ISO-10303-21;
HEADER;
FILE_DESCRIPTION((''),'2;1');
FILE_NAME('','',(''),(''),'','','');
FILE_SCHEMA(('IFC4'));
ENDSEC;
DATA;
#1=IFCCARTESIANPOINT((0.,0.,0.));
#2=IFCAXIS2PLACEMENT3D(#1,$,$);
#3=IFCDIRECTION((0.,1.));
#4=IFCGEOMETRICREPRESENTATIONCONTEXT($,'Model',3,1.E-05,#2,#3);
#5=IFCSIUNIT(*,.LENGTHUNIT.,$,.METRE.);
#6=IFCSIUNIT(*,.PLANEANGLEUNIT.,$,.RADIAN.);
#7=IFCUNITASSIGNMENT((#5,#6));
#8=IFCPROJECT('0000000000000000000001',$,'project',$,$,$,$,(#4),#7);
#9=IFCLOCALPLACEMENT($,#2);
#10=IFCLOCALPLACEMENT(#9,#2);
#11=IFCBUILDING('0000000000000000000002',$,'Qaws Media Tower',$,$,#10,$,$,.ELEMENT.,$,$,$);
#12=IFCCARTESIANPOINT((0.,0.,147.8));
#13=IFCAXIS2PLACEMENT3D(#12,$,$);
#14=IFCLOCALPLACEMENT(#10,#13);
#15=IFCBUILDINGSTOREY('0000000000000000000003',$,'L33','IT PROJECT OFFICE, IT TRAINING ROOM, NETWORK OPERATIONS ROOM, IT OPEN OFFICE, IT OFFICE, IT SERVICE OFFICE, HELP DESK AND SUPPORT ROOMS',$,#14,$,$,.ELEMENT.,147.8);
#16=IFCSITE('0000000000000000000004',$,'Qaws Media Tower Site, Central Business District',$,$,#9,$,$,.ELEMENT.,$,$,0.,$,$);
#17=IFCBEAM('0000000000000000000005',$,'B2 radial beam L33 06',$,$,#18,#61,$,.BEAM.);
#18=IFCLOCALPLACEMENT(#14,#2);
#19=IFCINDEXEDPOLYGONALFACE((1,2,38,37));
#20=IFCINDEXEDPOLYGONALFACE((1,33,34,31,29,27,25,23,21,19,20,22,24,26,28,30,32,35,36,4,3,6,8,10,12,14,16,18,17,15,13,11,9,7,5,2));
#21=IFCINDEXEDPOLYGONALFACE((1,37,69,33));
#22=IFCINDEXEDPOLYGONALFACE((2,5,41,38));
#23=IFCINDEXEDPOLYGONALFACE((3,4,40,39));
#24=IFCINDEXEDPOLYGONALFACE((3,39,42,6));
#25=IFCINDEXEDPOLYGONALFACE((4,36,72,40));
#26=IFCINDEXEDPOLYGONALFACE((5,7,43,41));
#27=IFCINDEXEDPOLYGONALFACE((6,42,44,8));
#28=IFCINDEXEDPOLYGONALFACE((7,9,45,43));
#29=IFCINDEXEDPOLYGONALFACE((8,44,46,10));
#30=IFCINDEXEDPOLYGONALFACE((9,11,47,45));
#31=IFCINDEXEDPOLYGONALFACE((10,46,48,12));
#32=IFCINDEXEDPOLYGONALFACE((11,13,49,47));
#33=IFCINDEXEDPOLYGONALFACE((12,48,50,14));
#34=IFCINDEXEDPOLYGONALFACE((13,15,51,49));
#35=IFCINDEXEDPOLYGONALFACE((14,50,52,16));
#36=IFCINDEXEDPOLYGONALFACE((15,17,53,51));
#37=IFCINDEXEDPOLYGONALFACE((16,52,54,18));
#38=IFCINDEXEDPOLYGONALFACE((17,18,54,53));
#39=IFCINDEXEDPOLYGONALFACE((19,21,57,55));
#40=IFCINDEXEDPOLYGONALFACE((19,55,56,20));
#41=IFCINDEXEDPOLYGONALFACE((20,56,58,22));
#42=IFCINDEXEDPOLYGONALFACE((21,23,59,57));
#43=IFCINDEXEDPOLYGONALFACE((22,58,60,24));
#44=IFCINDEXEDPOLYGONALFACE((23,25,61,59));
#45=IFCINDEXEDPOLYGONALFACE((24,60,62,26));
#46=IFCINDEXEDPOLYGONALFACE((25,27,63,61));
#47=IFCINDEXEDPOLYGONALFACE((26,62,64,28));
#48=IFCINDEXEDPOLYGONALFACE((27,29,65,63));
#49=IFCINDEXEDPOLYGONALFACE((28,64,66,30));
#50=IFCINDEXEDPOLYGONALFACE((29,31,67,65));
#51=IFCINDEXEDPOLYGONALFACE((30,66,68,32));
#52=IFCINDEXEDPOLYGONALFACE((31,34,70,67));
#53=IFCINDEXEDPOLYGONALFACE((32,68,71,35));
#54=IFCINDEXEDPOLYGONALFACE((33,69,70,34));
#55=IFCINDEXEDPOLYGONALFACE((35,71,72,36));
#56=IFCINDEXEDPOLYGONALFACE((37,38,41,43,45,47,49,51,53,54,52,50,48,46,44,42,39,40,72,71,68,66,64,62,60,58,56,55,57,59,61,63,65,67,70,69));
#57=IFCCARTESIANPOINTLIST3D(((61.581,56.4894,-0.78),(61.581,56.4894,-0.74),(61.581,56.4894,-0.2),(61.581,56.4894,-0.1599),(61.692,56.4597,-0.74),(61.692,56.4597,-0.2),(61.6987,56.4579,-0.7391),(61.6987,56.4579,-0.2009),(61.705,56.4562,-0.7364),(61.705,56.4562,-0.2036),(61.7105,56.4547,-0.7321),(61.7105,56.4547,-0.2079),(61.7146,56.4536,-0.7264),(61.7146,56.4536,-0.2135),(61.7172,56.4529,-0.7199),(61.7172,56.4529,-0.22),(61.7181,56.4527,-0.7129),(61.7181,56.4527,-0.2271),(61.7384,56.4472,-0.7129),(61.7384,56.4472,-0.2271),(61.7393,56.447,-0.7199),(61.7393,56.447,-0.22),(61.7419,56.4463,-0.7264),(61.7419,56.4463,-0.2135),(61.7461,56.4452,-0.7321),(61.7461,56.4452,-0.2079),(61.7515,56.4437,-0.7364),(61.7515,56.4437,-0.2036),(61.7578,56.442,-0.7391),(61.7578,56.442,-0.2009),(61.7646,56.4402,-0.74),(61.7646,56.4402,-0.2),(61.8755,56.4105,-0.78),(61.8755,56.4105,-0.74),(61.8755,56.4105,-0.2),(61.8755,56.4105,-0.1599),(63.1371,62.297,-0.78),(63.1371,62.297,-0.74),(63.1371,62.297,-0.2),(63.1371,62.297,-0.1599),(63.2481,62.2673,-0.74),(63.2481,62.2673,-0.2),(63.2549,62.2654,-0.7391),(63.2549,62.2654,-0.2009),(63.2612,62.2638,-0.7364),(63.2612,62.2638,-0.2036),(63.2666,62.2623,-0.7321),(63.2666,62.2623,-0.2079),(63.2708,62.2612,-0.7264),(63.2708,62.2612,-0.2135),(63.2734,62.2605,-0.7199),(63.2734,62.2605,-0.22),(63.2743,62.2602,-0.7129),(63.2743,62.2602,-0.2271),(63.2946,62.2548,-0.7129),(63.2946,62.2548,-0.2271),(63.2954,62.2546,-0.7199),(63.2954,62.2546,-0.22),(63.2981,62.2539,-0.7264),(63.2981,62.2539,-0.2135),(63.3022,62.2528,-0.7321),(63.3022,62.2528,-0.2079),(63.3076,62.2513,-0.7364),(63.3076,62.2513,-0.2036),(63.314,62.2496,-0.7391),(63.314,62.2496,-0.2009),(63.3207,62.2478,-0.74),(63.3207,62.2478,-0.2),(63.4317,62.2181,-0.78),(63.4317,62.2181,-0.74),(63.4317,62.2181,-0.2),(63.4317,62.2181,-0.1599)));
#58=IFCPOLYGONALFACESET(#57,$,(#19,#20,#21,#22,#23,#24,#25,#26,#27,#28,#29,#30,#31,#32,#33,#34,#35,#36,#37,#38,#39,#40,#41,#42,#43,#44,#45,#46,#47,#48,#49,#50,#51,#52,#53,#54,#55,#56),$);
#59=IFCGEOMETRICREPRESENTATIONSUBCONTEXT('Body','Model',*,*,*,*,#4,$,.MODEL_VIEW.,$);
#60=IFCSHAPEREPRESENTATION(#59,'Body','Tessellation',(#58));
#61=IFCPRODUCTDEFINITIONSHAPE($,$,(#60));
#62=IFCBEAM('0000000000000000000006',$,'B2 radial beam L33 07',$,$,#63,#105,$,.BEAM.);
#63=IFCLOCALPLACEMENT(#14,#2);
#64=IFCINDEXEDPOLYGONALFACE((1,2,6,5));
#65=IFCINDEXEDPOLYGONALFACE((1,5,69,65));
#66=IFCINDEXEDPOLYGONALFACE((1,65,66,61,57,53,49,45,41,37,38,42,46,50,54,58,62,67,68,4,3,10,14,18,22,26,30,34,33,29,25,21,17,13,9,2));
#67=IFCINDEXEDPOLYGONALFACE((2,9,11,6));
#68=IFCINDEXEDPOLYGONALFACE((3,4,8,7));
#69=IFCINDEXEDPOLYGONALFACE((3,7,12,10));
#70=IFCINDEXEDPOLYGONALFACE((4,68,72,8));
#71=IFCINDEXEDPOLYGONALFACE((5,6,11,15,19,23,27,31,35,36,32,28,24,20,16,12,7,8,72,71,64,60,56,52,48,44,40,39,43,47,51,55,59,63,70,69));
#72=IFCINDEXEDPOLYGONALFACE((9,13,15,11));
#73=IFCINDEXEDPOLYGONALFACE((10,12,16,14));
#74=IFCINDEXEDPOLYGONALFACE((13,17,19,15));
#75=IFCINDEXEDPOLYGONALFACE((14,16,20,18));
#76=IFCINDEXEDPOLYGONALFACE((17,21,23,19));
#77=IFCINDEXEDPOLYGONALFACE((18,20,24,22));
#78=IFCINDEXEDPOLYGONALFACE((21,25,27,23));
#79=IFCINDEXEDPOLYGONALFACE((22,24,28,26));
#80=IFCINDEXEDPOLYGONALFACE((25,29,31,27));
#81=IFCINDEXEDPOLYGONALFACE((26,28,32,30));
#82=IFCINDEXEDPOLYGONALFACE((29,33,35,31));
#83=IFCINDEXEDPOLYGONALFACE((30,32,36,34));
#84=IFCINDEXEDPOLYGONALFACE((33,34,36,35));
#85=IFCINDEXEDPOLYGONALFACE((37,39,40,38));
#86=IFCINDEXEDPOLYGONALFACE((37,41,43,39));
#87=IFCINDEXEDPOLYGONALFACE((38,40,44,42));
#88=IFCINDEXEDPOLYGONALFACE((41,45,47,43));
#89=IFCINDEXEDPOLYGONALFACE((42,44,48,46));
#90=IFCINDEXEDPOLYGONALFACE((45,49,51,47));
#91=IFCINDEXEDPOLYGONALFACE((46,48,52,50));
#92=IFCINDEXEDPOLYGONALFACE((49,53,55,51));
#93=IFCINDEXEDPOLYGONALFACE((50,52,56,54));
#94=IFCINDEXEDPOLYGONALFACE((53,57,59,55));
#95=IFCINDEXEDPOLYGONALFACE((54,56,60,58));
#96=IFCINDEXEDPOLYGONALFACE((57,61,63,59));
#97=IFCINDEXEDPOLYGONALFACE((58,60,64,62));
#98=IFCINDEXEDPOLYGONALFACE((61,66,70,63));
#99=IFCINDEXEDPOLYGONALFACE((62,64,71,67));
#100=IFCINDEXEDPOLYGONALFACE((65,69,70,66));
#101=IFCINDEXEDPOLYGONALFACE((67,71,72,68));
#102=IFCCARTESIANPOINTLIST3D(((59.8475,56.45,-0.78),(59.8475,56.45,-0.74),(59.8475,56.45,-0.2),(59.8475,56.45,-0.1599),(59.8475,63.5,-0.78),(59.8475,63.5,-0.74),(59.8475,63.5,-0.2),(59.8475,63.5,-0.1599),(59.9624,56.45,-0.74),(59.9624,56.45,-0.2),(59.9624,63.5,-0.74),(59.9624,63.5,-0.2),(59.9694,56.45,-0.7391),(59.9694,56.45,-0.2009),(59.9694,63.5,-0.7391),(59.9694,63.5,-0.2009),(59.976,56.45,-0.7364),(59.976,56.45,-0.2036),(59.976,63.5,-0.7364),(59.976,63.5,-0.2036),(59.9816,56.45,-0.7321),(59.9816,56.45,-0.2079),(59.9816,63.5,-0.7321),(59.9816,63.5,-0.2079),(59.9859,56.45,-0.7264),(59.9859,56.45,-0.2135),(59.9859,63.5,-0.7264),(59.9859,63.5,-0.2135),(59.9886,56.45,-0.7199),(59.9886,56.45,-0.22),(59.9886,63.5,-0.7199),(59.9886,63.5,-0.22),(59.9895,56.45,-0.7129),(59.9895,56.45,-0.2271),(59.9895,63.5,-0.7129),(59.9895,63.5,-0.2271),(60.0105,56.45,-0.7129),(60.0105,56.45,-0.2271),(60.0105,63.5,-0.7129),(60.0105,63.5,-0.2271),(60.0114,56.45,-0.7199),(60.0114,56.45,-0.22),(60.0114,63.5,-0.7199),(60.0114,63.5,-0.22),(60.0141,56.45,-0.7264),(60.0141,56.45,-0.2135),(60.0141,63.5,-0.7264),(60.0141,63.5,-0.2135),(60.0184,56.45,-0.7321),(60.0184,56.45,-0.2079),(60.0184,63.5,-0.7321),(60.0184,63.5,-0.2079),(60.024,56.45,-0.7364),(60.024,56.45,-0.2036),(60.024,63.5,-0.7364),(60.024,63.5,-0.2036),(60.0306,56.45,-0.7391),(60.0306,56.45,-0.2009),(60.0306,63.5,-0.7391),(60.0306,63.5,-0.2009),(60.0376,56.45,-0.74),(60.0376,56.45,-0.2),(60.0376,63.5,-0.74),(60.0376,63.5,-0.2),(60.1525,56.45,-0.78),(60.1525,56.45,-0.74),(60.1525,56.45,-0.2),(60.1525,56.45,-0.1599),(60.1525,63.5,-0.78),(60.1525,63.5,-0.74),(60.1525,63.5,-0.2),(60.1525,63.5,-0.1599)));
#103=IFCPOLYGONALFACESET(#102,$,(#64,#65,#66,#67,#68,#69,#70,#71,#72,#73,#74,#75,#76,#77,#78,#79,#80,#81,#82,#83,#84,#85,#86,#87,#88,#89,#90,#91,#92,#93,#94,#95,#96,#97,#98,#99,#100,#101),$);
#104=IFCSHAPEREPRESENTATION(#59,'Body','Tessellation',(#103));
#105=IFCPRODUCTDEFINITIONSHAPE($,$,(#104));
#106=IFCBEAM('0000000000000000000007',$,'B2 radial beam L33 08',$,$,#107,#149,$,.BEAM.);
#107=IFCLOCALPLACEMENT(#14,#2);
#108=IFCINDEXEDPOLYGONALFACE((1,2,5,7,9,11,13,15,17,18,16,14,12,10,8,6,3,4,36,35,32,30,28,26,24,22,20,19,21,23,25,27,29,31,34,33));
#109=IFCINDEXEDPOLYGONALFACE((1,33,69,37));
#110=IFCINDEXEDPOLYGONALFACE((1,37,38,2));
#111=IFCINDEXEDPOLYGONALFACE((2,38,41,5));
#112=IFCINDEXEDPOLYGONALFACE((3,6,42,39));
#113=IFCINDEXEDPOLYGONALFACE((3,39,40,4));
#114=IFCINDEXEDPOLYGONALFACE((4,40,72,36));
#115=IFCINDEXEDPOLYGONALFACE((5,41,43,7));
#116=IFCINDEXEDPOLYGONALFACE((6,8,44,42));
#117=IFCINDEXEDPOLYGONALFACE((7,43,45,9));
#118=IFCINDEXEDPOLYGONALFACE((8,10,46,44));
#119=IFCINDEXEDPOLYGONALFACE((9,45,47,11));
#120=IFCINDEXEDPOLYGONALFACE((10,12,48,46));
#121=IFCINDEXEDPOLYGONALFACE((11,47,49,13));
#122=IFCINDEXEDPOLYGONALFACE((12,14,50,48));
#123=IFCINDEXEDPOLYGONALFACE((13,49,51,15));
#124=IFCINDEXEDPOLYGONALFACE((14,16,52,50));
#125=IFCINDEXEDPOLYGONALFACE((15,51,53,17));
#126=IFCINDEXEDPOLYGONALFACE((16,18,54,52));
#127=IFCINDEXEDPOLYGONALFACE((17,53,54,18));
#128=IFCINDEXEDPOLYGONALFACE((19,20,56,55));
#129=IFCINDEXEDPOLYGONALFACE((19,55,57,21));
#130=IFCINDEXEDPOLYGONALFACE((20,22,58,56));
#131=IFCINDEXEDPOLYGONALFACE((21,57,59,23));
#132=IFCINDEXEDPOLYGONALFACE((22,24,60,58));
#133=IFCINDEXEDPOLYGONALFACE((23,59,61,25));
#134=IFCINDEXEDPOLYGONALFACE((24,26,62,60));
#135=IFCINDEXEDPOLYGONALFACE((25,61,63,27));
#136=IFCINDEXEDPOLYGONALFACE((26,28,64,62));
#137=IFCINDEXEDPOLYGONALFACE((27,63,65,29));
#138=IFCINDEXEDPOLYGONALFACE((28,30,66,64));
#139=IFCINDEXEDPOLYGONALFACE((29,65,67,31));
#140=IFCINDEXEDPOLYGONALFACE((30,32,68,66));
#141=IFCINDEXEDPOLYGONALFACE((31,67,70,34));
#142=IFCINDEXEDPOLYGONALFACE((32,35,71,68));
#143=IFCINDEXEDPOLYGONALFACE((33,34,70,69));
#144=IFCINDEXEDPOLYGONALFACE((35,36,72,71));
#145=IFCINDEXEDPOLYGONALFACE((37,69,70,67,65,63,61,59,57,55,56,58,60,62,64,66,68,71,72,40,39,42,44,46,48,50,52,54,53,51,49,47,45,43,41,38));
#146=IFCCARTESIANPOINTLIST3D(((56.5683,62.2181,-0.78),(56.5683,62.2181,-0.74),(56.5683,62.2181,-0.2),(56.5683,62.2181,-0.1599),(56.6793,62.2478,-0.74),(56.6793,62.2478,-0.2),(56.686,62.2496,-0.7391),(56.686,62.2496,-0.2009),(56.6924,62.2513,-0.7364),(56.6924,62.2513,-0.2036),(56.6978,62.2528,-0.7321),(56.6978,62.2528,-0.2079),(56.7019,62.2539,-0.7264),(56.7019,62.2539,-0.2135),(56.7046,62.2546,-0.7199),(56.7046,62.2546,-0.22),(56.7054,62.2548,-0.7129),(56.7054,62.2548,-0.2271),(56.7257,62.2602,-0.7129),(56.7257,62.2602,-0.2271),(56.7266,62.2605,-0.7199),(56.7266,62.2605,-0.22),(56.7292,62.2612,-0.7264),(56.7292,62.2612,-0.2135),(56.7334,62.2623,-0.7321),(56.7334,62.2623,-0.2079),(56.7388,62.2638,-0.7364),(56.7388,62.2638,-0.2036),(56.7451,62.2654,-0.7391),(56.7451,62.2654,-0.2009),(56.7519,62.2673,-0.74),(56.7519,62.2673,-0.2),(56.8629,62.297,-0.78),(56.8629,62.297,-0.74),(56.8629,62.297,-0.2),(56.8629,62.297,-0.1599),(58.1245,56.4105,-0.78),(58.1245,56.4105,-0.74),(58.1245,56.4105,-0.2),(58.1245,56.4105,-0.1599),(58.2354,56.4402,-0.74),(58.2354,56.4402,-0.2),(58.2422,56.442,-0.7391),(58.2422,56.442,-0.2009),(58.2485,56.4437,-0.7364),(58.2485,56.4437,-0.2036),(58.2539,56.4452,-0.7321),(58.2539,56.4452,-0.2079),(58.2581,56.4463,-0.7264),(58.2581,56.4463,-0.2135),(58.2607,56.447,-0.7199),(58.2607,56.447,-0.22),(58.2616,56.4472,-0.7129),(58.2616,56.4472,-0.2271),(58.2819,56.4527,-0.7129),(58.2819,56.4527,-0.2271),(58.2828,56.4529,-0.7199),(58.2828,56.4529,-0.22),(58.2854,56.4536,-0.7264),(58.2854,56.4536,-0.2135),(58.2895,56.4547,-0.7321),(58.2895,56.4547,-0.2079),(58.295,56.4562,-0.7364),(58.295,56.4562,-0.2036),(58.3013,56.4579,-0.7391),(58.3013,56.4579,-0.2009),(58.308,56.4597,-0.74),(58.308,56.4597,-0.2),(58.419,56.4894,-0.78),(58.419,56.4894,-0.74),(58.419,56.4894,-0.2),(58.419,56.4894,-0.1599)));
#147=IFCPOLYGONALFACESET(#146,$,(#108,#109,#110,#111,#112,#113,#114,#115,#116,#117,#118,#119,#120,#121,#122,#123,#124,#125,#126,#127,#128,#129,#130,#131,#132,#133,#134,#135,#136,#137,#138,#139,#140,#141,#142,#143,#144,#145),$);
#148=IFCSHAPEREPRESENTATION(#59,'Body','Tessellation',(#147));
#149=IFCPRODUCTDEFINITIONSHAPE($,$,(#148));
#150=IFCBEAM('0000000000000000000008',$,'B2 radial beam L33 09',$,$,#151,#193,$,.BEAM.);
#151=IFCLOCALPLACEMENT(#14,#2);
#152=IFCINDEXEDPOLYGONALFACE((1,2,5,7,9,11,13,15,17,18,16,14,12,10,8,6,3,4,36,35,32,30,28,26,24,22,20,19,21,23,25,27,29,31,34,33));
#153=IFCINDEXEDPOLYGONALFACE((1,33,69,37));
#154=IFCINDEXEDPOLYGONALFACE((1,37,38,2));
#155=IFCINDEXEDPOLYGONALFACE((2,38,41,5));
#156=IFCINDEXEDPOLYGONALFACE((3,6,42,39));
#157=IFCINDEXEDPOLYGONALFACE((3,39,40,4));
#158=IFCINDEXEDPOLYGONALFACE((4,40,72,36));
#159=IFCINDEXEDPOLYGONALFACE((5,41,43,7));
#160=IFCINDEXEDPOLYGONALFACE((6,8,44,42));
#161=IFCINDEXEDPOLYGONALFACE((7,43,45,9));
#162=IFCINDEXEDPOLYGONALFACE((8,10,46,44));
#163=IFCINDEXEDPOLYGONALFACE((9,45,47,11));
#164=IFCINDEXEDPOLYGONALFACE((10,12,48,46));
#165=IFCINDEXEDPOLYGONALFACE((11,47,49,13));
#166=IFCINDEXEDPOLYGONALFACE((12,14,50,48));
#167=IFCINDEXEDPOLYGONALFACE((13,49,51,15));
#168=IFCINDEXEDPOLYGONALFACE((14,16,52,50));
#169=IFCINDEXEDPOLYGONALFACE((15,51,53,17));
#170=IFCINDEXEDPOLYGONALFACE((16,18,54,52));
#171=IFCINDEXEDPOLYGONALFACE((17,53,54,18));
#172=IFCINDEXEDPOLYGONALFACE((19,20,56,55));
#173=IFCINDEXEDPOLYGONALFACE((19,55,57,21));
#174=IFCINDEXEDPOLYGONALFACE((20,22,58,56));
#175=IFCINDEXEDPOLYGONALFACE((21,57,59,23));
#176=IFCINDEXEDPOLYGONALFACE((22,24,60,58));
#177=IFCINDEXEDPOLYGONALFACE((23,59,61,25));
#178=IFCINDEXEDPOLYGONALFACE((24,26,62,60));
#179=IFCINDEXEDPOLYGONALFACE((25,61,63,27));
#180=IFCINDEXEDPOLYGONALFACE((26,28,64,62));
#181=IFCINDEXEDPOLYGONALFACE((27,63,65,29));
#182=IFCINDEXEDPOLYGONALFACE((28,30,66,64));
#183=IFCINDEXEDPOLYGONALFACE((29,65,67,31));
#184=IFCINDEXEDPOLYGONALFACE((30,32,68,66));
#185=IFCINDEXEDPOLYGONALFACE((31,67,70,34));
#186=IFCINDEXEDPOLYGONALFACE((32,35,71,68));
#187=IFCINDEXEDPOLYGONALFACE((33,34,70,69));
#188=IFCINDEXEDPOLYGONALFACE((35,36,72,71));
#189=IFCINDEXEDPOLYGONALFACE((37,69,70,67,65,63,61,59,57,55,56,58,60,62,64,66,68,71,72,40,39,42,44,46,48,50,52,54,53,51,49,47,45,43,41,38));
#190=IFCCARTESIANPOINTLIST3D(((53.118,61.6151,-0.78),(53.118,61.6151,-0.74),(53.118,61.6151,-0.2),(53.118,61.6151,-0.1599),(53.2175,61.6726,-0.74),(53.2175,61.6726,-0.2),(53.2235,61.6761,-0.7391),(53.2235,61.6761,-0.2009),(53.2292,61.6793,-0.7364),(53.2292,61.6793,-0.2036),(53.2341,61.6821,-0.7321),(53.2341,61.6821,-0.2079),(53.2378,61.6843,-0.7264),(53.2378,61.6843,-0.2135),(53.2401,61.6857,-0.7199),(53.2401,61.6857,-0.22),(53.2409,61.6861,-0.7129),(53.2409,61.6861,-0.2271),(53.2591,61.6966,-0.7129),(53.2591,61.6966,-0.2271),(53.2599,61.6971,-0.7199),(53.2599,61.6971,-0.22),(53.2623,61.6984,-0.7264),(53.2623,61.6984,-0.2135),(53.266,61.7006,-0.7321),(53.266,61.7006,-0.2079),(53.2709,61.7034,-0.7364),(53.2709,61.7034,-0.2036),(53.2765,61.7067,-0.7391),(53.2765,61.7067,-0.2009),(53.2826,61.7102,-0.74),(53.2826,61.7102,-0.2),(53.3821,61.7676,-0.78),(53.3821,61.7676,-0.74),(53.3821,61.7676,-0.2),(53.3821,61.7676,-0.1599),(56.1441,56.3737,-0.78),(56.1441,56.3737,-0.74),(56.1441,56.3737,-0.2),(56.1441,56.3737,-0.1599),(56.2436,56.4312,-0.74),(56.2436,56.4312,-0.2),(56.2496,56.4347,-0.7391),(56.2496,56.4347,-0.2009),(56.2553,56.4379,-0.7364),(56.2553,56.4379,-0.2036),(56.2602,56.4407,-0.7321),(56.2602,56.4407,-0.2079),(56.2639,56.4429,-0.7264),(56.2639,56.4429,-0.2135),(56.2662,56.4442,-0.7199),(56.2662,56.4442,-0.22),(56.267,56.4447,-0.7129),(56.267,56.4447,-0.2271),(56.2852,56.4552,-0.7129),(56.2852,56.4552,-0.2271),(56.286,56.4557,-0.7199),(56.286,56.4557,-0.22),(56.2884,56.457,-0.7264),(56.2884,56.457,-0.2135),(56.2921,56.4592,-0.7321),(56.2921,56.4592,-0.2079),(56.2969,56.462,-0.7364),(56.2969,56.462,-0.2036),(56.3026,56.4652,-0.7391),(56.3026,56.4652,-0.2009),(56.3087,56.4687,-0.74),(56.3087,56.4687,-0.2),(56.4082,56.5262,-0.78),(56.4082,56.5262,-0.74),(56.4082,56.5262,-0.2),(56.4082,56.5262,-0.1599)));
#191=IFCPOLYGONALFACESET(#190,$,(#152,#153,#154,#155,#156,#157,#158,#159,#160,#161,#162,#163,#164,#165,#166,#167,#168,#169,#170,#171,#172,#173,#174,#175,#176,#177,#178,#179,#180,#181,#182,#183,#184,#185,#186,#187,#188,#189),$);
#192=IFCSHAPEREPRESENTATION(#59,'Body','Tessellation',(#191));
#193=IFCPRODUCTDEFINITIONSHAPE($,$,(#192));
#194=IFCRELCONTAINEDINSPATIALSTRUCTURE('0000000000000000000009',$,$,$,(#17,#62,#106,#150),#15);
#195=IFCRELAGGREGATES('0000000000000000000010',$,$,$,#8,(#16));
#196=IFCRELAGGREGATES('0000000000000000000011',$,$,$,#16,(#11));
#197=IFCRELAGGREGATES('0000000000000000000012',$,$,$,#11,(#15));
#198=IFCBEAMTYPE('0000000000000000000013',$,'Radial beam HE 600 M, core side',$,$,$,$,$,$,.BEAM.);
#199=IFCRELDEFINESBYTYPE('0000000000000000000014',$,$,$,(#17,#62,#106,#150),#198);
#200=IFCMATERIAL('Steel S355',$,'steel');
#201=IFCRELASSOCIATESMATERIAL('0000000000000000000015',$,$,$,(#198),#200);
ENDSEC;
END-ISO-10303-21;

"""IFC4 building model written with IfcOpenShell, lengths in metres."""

from ifc_helpers import new_model, si_unit, direction, frame, origin, origin_2d, place, context, subcontext, project, spatial, i_section, extrude, material, material_profile, profile_set, type_object, element, save


model = new_model("IFC4")

# Units and contexts
model_context = context("Model", 3, precision=1e-05, world=origin(), true_north=direction((0.0, 1.0)))
body_context = subcontext(model_context, "Body", "Model", "MODEL_VIEW")
ifc_project = project(units=[si_unit("LENGTHUNIT", "METRE"), si_unit("PLANEANGLEUNIT", "RADIAN")], contexts=[model_context])

# Site, building, storey
site_placement = place(None, origin())
site = spatial("IfcSite", under=ifc_project, at=site_placement, Name="Qaws Media Tower Site, Central Business District", CompositionType="ELEMENT", RefElevation=0.0)
building_placement = place(site_placement, origin())
building = spatial("IfcBuilding", under=site, at=building_placement, Name="Qaws Media Tower", CompositionType="ELEMENT")
storey_placement = place(building_placement, frame((0.0, 0.0, 147.8)))
storey = spatial("IfcBuildingStorey", under=building, at=storey_placement, Name="L33", Description="IT PROJECT OFFICE, IT TRAINING ROOM, NETWORK OPERATIONS ROOM, IT OPEN OFFICE, IT OFFICE, IT SERVICE OFFICE, HELP DESK AND SUPPORT ROOMS", CompositionType="ELEMENT", Elevation=147.8)

# Beams
ifc_material_1 = material(Name="Steel S355", Category="steel")
ifc_material_profile_1 = material_profile(ifc_material_1, i_section(OverallWidth=0.3049, OverallDepth=0.6201, WebThickness=0.021, FlangeThickness=0.04, FilletRadius=0.0271, at=origin_2d()), Name="HE 600 M")
ifc_profile_set_1 = profile_set([ifc_material_profile_1], Name="Steel S355")
beam_type_1 = type_object("IfcBeamType", Name="Radial beam HE 600 M, core side", PredefinedType="BEAM", material=ifc_profile_set_1)
beam_1_placement = place(storey_placement, frame((61.7283, 56.45, -0.47), z_axis=(0.25882, 0.965926, 0.0), x_axis=(-0.965926, 0.25882, 0.0)))
element("IfcBeam", 1, at=beam_1_placement, inside=storey, type_object=beam_type_1, Name="B2 radial beam L33 06", PredefinedType="BEAM", context=body_context, shape_type="SweptSolid", body=[
    extrude(i_section(OverallWidth=0.3049, OverallDepth=0.6201, WebThickness=0.021, FlangeThickness=0.04, FilletRadius=0.0271, at=origin_2d()), origin(), (0.0, 0.0, 1.0), 6.0125),
])
beam_2_placement = place(storey_placement, frame((60.0, 56.45, -0.47), z_axis=(0.0, 1.0, 0.0), x_axis=(-1.0, 0.0, 0.0)))
element("IfcBeam", 2, at=beam_2_placement, inside=storey, type_object=beam_type_1, Name="B2 radial beam L33 07", PredefinedType="BEAM", context=body_context, shape_type="SweptSolid", body=[
    extrude(i_section(OverallWidth=0.3049, OverallDepth=0.6201, WebThickness=0.021, FlangeThickness=0.04, FilletRadius=0.0271, at=origin_2d()), origin(), (0.0, 0.0, 1.0), 7.05),
])
beam_3_placement = place(storey_placement, frame((58.2717, 56.45, -0.47), z_axis=(-0.25882, 0.965926, 0.0), x_axis=(-0.965926, -0.25882, 0.0)))
element("IfcBeam", 3, at=beam_3_placement, inside=storey, type_object=beam_type_1, Name="B2 radial beam L33 08", PredefinedType="BEAM", context=body_context, shape_type="SweptSolid", body=[
    extrude(i_section(OverallWidth=0.3049, OverallDepth=0.6201, WebThickness=0.021, FlangeThickness=0.04, FilletRadius=0.0271, at=origin_2d()), origin(), (0.0, 0.0, 1.0), 6.0125),
])
beam_4_placement = place(storey_placement, frame((56.2761, 56.45, -0.47), z_axis=(-0.499996, 0.866028, 0.0), x_axis=(-0.866028, -0.499996, 0.0)))
element("IfcBeam", 4, at=beam_4_placement, inside=storey, type_object=beam_type_1, Name="B2 radial beam L33 09", PredefinedType="BEAM", context=body_context, shape_type="SweptSolid", body=[
    extrude(i_section(OverallWidth=0.3049, OverallDepth=0.6201, WebThickness=0.021, FlangeThickness=0.04, FilletRadius=0.0271, at=origin_2d()), origin(), (0.0, 0.0, 1.0), 6.0522),
])

save(model, "model.ifc")
